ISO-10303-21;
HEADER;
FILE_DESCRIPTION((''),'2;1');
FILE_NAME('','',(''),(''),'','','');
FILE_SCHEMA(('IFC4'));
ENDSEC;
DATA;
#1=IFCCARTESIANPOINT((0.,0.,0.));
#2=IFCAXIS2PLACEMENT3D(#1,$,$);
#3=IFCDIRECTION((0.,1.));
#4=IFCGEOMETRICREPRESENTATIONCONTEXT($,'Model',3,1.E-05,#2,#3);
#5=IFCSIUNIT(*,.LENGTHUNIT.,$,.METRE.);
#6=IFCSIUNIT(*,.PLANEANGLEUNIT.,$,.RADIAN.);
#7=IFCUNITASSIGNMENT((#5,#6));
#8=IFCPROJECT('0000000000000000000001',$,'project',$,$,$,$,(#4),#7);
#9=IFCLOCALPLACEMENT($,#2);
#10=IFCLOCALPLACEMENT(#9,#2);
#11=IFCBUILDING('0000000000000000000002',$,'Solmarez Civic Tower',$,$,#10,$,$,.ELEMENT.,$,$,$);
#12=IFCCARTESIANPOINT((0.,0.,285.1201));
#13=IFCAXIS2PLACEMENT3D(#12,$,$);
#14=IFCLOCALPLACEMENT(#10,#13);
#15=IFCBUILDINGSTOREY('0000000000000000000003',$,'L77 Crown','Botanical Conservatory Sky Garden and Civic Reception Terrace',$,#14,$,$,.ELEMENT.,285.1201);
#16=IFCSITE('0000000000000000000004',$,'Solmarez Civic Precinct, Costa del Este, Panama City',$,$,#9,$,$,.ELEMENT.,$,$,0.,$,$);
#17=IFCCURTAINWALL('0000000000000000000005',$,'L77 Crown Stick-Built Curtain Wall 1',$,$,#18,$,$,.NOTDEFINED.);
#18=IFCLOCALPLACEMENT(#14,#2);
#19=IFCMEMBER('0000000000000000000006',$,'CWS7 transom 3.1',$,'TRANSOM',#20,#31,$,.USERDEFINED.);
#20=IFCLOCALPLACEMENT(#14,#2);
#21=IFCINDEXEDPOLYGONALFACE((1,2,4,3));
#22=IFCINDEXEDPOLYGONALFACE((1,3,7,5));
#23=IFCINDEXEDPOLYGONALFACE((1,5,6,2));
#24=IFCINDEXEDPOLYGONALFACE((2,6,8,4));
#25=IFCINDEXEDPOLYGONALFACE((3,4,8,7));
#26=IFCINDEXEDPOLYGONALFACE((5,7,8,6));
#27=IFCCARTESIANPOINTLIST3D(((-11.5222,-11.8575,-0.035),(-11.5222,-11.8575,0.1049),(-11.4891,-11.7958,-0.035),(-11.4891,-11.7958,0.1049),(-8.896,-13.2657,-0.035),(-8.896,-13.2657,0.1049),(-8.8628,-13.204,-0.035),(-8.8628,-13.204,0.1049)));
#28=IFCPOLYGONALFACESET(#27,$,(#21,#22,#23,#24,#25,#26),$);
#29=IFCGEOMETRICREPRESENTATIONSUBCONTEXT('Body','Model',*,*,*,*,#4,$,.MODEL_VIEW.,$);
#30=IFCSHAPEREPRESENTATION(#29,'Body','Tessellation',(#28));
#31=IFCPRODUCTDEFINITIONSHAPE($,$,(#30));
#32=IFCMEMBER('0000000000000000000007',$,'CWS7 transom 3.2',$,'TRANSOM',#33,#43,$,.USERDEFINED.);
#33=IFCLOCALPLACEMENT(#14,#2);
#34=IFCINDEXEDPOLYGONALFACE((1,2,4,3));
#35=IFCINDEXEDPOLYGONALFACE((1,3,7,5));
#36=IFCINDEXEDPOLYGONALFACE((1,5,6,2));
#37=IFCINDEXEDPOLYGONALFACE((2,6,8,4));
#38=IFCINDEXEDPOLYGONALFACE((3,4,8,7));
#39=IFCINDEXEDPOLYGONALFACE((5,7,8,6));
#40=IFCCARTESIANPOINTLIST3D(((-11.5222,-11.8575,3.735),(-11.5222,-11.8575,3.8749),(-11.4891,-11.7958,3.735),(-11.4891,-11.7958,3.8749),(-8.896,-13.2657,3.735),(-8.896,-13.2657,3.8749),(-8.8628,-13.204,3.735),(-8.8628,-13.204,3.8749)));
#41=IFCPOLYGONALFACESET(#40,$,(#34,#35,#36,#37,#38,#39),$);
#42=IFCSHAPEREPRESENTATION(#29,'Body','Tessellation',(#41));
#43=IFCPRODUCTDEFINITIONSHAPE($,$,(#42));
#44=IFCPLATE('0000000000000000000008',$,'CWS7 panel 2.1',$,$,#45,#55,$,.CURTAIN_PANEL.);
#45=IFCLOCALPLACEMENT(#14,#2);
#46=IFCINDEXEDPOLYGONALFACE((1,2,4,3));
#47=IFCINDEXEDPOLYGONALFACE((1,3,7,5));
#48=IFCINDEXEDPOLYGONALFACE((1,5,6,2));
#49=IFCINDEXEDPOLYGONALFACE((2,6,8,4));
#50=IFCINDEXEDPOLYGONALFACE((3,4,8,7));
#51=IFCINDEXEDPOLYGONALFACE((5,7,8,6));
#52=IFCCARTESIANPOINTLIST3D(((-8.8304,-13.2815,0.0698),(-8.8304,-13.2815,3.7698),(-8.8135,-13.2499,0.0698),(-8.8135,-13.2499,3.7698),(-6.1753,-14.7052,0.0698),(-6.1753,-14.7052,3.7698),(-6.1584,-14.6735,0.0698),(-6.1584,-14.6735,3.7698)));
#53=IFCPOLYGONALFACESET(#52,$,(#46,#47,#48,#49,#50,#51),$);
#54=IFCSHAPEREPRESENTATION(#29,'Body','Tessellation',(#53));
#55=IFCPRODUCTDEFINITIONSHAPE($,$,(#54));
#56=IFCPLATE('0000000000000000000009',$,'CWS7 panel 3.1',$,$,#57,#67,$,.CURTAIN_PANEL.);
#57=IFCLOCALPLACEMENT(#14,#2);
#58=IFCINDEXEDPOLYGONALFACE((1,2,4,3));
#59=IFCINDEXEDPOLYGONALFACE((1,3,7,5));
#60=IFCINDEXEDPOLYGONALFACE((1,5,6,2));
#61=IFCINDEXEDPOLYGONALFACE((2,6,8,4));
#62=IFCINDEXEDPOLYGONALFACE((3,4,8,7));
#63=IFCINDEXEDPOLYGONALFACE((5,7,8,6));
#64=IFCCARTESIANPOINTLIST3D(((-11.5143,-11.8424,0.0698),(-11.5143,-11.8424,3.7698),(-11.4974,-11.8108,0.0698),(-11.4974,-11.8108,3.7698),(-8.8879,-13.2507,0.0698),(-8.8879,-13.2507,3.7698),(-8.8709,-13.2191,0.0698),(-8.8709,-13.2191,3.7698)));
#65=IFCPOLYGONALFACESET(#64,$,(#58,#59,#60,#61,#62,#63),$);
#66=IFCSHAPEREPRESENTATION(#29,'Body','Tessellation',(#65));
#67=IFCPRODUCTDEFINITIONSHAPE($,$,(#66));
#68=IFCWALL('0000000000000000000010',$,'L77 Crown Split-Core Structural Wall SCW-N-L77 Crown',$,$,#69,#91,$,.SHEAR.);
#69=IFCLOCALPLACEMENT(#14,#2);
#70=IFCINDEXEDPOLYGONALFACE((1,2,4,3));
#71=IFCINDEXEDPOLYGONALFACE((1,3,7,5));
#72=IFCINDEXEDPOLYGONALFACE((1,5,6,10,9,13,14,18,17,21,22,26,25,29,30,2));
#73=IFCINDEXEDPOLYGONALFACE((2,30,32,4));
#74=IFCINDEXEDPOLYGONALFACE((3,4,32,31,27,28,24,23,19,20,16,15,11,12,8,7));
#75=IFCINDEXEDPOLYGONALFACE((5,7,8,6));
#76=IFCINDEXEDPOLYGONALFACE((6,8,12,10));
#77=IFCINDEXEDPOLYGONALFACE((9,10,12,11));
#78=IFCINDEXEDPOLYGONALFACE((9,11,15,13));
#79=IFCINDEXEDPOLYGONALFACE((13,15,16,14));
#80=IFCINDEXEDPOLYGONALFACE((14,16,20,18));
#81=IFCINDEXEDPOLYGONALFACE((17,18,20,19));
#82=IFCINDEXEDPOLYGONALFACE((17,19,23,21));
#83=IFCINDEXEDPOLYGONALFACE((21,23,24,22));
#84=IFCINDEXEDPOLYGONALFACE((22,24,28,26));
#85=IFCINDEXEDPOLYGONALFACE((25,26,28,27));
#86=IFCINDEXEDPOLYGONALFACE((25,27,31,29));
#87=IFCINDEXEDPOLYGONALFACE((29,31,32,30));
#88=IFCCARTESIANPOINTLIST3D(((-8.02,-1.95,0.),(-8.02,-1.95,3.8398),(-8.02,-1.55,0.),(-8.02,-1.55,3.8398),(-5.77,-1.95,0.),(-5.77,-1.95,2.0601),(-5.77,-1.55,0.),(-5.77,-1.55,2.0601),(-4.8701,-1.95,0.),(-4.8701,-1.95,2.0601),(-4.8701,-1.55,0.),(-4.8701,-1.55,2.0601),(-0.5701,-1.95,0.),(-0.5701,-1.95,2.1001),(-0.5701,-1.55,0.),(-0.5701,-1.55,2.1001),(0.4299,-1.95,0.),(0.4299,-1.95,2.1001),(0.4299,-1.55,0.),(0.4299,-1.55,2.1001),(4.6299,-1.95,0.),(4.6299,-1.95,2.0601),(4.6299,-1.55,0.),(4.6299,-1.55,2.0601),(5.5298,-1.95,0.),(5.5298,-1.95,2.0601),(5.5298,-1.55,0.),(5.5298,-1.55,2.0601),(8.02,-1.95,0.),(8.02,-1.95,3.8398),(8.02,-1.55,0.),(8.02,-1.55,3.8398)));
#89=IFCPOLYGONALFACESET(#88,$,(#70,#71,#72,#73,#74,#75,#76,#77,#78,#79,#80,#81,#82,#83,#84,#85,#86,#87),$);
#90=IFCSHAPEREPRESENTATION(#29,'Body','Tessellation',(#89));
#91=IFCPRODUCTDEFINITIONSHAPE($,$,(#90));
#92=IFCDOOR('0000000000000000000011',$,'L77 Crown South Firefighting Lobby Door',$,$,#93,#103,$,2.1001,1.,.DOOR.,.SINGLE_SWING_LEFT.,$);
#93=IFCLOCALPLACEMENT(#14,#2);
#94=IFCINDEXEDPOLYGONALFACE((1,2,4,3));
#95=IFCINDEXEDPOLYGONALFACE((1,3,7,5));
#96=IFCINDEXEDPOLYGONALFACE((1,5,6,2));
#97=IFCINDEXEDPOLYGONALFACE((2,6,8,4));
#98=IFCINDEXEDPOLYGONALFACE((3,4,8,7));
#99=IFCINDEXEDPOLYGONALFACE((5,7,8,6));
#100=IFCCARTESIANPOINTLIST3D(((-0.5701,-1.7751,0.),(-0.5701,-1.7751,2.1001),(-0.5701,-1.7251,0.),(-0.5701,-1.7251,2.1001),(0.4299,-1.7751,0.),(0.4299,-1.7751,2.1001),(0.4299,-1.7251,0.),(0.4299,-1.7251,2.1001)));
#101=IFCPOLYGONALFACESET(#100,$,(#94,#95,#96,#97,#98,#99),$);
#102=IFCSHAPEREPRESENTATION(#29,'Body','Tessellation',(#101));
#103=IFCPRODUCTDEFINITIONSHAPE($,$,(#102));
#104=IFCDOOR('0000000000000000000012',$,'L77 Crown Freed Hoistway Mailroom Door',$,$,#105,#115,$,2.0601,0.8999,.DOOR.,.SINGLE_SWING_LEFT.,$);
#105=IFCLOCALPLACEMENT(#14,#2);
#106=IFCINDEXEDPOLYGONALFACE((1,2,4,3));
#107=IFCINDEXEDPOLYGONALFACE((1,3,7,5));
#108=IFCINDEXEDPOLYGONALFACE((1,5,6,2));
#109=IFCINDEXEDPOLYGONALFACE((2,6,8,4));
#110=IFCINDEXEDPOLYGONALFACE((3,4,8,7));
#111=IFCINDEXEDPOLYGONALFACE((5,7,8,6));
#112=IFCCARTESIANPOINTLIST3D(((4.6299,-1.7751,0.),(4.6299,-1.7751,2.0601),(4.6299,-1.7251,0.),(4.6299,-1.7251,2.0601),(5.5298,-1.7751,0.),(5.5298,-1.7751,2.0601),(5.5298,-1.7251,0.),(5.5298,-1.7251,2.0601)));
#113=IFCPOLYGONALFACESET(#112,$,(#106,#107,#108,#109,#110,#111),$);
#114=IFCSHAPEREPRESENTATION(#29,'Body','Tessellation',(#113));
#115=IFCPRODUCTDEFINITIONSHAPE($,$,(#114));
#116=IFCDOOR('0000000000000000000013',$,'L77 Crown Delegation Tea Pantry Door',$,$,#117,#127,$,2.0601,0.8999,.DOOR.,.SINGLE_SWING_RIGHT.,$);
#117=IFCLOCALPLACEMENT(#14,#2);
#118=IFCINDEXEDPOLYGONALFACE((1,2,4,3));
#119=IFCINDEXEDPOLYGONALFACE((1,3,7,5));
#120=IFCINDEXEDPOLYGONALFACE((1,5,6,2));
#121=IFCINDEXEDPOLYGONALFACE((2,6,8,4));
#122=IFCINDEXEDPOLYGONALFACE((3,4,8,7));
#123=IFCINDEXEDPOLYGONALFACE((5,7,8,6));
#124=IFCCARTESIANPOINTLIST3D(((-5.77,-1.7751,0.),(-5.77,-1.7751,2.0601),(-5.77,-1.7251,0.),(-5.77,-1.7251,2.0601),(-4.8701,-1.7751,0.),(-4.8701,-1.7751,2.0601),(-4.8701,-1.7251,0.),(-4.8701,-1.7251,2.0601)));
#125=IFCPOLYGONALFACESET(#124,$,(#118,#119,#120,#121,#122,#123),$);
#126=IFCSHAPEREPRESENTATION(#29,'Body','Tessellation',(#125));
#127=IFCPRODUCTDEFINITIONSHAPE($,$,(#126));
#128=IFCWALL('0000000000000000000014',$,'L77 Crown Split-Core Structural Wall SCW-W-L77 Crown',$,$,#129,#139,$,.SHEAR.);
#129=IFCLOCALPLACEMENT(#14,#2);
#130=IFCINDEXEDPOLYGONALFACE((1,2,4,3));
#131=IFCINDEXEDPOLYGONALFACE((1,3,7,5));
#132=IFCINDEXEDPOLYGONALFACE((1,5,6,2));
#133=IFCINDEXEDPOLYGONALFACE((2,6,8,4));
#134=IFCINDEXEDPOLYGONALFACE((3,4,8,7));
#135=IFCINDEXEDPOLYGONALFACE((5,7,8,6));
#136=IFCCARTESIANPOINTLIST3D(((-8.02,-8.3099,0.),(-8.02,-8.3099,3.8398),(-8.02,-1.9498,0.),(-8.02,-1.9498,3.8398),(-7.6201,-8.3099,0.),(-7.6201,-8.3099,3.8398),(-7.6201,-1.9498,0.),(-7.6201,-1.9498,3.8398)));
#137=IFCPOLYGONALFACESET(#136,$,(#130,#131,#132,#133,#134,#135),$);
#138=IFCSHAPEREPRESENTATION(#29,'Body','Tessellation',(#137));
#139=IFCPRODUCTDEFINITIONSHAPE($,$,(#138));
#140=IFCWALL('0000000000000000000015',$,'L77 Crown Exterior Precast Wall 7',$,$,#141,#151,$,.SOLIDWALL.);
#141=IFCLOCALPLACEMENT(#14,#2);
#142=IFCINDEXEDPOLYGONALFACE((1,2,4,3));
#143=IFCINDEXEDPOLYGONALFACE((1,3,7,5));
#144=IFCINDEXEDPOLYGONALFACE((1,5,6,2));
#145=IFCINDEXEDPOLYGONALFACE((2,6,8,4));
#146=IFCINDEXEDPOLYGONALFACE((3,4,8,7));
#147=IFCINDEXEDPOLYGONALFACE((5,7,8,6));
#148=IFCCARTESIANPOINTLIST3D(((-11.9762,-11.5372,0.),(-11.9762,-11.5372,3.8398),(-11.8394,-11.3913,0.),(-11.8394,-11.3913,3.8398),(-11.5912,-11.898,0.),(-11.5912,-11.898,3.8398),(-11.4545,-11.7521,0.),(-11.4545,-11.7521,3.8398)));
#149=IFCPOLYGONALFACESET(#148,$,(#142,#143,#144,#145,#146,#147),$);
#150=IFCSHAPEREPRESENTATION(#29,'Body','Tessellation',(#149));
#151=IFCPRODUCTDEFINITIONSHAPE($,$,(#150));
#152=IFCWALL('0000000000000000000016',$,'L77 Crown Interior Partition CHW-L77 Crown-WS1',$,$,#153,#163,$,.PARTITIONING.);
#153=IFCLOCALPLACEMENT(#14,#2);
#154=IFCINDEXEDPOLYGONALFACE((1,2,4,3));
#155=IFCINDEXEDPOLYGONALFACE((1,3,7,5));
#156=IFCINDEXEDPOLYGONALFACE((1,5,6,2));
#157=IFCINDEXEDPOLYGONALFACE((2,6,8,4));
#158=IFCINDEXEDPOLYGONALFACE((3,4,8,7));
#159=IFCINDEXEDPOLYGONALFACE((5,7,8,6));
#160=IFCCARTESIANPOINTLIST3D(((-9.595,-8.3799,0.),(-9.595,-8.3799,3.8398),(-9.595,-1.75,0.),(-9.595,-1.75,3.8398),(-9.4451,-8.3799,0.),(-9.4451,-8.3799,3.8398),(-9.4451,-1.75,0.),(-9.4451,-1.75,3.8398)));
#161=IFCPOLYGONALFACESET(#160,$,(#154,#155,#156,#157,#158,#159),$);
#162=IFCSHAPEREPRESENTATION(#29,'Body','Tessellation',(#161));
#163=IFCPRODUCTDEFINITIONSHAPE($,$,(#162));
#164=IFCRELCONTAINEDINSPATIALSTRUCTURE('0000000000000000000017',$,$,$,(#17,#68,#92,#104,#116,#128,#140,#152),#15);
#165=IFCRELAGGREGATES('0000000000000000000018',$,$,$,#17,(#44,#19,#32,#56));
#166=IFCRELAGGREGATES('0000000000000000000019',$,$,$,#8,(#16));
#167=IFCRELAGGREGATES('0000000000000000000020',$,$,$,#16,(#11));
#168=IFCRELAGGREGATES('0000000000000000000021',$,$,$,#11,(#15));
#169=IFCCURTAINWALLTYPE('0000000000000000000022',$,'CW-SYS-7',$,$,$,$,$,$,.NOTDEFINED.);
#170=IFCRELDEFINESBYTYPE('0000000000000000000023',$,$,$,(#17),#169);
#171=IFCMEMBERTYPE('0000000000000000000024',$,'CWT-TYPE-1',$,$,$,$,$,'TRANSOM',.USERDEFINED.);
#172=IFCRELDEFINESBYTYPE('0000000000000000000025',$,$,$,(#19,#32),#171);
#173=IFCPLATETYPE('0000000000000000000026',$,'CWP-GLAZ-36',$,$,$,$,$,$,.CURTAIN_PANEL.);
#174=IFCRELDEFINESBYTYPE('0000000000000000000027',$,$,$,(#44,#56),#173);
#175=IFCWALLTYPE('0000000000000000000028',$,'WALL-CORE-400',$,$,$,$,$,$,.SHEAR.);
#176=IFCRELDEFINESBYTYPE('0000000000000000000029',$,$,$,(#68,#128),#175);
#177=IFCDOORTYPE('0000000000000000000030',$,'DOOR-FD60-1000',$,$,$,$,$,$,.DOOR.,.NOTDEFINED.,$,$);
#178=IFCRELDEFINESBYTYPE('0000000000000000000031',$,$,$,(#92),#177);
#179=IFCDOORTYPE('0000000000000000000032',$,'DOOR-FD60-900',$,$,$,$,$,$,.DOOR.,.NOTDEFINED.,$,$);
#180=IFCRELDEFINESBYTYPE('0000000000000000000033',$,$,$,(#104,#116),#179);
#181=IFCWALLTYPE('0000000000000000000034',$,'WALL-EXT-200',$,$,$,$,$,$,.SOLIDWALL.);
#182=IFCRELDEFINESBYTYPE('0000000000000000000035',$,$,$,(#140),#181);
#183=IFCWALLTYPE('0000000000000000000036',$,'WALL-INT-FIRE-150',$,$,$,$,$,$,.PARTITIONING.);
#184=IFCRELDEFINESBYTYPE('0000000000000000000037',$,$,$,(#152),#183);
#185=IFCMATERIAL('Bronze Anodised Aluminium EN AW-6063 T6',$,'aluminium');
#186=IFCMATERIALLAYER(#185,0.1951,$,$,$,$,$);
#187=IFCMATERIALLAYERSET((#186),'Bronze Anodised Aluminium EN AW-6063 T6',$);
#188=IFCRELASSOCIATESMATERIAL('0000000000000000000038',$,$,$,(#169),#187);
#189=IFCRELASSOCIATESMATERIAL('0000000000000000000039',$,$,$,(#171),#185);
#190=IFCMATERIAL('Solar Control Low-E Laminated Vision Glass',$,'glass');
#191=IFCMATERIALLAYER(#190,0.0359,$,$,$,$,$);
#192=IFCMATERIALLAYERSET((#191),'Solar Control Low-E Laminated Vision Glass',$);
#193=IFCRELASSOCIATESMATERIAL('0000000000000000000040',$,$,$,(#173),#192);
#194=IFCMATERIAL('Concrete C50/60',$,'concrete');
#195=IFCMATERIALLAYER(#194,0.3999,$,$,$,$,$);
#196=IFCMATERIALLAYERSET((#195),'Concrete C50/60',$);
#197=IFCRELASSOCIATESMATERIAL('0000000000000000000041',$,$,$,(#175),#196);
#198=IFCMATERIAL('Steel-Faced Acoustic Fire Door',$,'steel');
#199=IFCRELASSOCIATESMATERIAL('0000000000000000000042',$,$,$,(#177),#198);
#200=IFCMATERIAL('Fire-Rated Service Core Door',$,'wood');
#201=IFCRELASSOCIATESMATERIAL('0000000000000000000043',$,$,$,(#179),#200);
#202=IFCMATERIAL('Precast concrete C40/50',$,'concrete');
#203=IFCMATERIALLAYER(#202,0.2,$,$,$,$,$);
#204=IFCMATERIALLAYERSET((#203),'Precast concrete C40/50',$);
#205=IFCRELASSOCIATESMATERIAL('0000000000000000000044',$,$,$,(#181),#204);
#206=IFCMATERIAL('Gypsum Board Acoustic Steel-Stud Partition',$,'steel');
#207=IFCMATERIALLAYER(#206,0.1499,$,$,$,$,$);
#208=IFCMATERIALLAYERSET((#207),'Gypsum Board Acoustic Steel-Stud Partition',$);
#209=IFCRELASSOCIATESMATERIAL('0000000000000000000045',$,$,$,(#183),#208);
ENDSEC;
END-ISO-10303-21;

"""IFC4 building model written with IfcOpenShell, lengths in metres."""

from ifc_helpers import new_model, si_unit, direction, frame, frame_2d, origin, origin_2d, place, context, subcontext, project, spatial, rectangle, extrude, material, layer, layer_set, material_profile, profile_set, type_object, element, fill, aggregate, save


model = new_model("IFC4")

# Units and contexts
model_context = context("Model", 3, precision=1e-05, world=origin(), true_north=direction((0.0, 1.0)))
body_context = subcontext(model_context, "Body", "Model", "MODEL_VIEW")
ifc_project = project(units=[si_unit("LENGTHUNIT", "METRE"), si_unit("PLANEANGLEUNIT", "RADIAN")], contexts=[model_context])

# Site, building, storey
site_placement = place(None, origin())
site = spatial("IfcSite", under=ifc_project, at=site_placement, Name="Solmarez Civic Precinct, Costa del Este, Panama City", CompositionType="ELEMENT", RefElevation=0.0)
building_placement = place(site_placement, origin())
building = spatial("IfcBuilding", under=site, at=building_placement, Name="Solmarez Civic Tower", CompositionType="ELEMENT")
storey_placement = place(building_placement, frame((0.0, 0.0, 285.1201)))
storey = spatial("IfcBuildingStorey", under=building, at=storey_placement, Name="L77 Crown", Description="Botanical Conservatory Sky Garden and Civic Reception Terrace", CompositionType="ELEMENT", Elevation=285.1201)

# Curtain wall, members, plates
ifc_material_1 = material(Name="Bronze Anodised Aluminium EN AW-6063 T6", Category="aluminium")
ifc_layer_1 = layer(ifc_material_1, 0.1951)
ifc_layer_set_1 = layer_set([ifc_layer_1], Name="Bronze Anodised Aluminium EN AW-6063 T6")
curtain_wall_type = type_object("IfcCurtainWallType", Name="CW-SYS-7", PredefinedType="NOTDEFINED", material=ifc_layer_set_1)
curtain_wall_placement = place(storey_placement, origin())
curtain_wall = element("IfcCurtainWall", 1, at=curtain_wall_placement, inside=storey, type_object=curtain_wall_type, Name="L77 Crown Stick-Built Curtain Wall 1", PredefinedType="NOTDEFINED")
ifc_material_profile_1 = material_profile(ifc_material_1, rectangle(XDim=0.0701, YDim=0.1399, at=origin_2d()), Name="CWT-70X140")
ifc_profile_set_1 = profile_set([ifc_material_profile_1], Name="Bronze Anodised Aluminium EN AW-6063 T6")
member_type_1 = type_object("IfcMemberType", Name="CWT-TYPE-1", ElementType="TRANSOM", PredefinedType="USERDEFINED", material=ifc_profile_set_1)
member_1_placement = place(storey_placement, frame((-8.8794, -13.2349, 0.0349), z_axis=(-0.881298, 0.47256, 0.0), x_axis=(-0.47256, -0.881298, 0.0)))
member_1 = element("IfcMember", 2, at=member_1_placement, type_object=member_type_1, Name="CWS7 transom 3.1", ObjectType="TRANSOM", PredefinedType="USERDEFINED", context=body_context, shape_type="SweptSolid", body=[
    extrude(rectangle(XDim=0.0701, YDim=0.1399, at=origin_2d()), origin(), (0.0, 0.0, 1.0), 2.98),
])
member_2_placement = place(storey_placement, frame((-8.8794, -13.2349, 3.8049), z_axis=(-0.881298, 0.47256, 0.0), x_axis=(-0.47256, -0.881298, 0.0)))
member_2 = element("IfcMember", 3, at=member_2_placement, type_object=member_type_1, Name="CWS7 transom 3.2", ObjectType="TRANSOM", PredefinedType="USERDEFINED", context=body_context, shape_type="SweptSolid", body=[
    extrude(rectangle(XDim=0.0701, YDim=0.1399, at=origin_2d()), origin(), (0.0, 0.0, 1.0), 2.98),
])
ifc_material_2 = material(Name="Solar Control Low-E Laminated Vision Glass", Category="glass")
ifc_layer_2 = layer(ifc_material_2, 0.0359)
ifc_layer_set_2 = layer_set([ifc_layer_2], Name="Solar Control Low-E Laminated Vision Glass")
plate_type = type_object("IfcPlateType", Name="CWP-GLAZ-36", PredefinedType="CURTAIN_PANEL", material=ifc_layer_set_2)
plate_1_placement = place(storey_placement, frame((-7.4944, -13.9775, 0.0698), z_axis=(0.0, 0.0, 1.0), x_axis=(-0.881304, 0.472549, 0.0)))
plate_1 = element("IfcPlate", 4, at=plate_1_placement, type_object=plate_type, Name="CWS7 panel 2.1", PredefinedType="CURTAIN_PANEL", context=body_context, shape_type="SweptSolid", body=[
    extrude(rectangle(XDim=3.0127, YDim=0.0359, at=origin_2d()), origin(), (0.0, 0.0, 1.0), 3.7),
])
plate_2_placement = place(storey_placement, frame((-10.1926, -12.5308, 0.0698), z_axis=(0.0, 0.0, 1.0), x_axis=(-0.881304, 0.472549, 0.0)))
plate_2 = element("IfcPlate", 5, at=plate_2_placement, type_object=plate_type, Name="CWS7 panel 3.1", PredefinedType="CURTAIN_PANEL", context=body_context, shape_type="SweptSolid", body=[
    extrude(rectangle(XDim=2.9802, YDim=0.0359, at=origin_2d()), origin(), (0.0, 0.0, 1.0), 3.7),
])
aggregate(curtain_wall, [plate_1, member_1, member_2, plate_2])

# Wall, openings, doors
ifc_material_3 = material(Name="Concrete C50/60", Category="concrete")
ifc_layer_3 = layer(ifc_material_3, 0.3999)
ifc_layer_set_3 = layer_set([ifc_layer_3], Name="Concrete C50/60")
wall_type_1 = type_object("IfcWallType", Name="WALL-CORE-400", PredefinedType="SHEAR", material=ifc_layer_set_3)
wall_1_placement = place(storey_placement, frame((-8.02, -1.75, 0.0), z_axis=(0.0, 0.0, 1.0), x_axis=(1.0, 0.0, 0.0)))
wall_1 = element("IfcWall", 6, at=wall_1_placement, inside=storey, type_object=wall_type_1, Name="L77 Crown Split-Core Structural Wall SCW-N-L77 Crown", PredefinedType="SHEAR", context=body_context, shape_type="SweptSolid", body=[
    extrude(rectangle(XDim=16.04, YDim=0.3999, at=frame_2d((8.02, 0.0))), origin(), (0.0, 0.0, 1.0), 3.8398),
])
opening_1_placement = place(wall_1_placement, frame((7.45, 0.0, 0.0)))
opening_1 = element("IfcOpeningElement", 7, at=opening_1_placement, cuts=wall_1, PredefinedType="OPENING", context=body_context, shape_type="SweptSolid", body=[
    extrude(rectangle(XDim=1.0, YDim=2.1001, at=frame_2d((0.5, 1.05))), frame((0.0, 0.21, 0.0), z_axis=(0.0, -1.0, 0.0), x_axis=(1.0, 0.0, 0.0)), (0.0, 0.0, 1.0), 0.4199),
])
opening_2_placement = place(wall_1_placement, frame((12.6499, 0.0, 0.0)))
opening_2 = element("IfcOpeningElement", 8, at=opening_2_placement, cuts=wall_1, PredefinedType="OPENING", context=body_context, shape_type="SweptSolid", body=[
    extrude(rectangle(XDim=0.8999, YDim=2.0601, at=frame_2d((0.45, 1.03))), frame((0.0, 0.21, 0.0), z_axis=(0.0, -1.0, 0.0), x_axis=(1.0, 0.0, 0.0)), (0.0, 0.0, 1.0), 0.4199),
])
opening_3_placement = place(wall_1_placement, frame((2.25, 0.0, 0.0)))
opening_3 = element("IfcOpeningElement", 9, at=opening_3_placement, cuts=wall_1, PredefinedType="OPENING", context=body_context, shape_type="SweptSolid", body=[
    extrude(rectangle(XDim=0.8999, YDim=2.0601, at=frame_2d((0.45, 1.03))), frame((0.0, 0.21, 0.0), z_axis=(0.0, -1.0, 0.0), x_axis=(1.0, 0.0, 0.0)), (0.0, 0.0, 1.0), 0.4199),
])
ifc_material_4 = material(Name="Steel-Faced Acoustic Fire Door", Category="steel")
door_type_1 = type_object("IfcDoorType", Name="DOOR-FD60-1000", OperationType="NOTDEFINED", PredefinedType="DOOR", material=ifc_material_4)
door_1_placement = place(opening_1_placement, origin())
door_1 = element("IfcDoor", 10, at=door_1_placement, inside=storey, type_object=door_type_1, Name="L77 Crown South Firefighting Lobby Door", OperationType="SINGLE_SWING_LEFT", OverallHeight=2.1001, OverallWidth=1.0, PredefinedType="DOOR", context=body_context, shape_type="SweptSolid", body=[
    extrude(rectangle(XDim=1.0, YDim=2.1001, at=frame_2d((0.5, 1.05))), frame((0.0, 0.0249, 0.0), z_axis=(0.0, -1.0, 0.0), x_axis=(1.0, 0.0, 0.0)), (0.0, 0.0, 1.0), 0.05),
])
fill(opening_1, door_1)
ifc_material_5 = material(Name="Fire-Rated Service Core Door", Category="wood")
door_type_2 = type_object("IfcDoorType", Name="DOOR-FD60-900", OperationType="NOTDEFINED", PredefinedType="DOOR", material=ifc_material_5)
door_2_placement = place(opening_2_placement, origin())
door_2 = element("IfcDoor", 11, at=door_2_placement, inside=storey, type_object=door_type_2, Name="L77 Crown Freed Hoistway Mailroom Door", OperationType="SINGLE_SWING_LEFT", OverallHeight=2.0601, OverallWidth=0.8999, PredefinedType="DOOR", context=body_context, shape_type="SweptSolid", body=[
    extrude(rectangle(XDim=0.8999, YDim=2.0601, at=frame_2d((0.45, 1.03))), frame((0.0, 0.0249, 0.0), z_axis=(0.0, -1.0, 0.0), x_axis=(1.0, 0.0, 0.0)), (0.0, 0.0, 1.0), 0.05),
])
fill(opening_2, door_2)
door_3_placement = place(opening_3_placement, origin())
door_3 = element("IfcDoor", 12, at=door_3_placement, inside=storey, type_object=door_type_2, Name="L77 Crown Delegation Tea Pantry Door", OperationType="SINGLE_SWING_RIGHT", OverallHeight=2.0601, OverallWidth=0.8999, PredefinedType="DOOR", context=body_context, shape_type="SweptSolid", body=[
    extrude(rectangle(XDim=0.8999, YDim=2.0601, at=frame_2d((0.45, 1.03))), frame((0.0, 0.0249, 0.0), z_axis=(0.0, -1.0, 0.0), x_axis=(1.0, 0.0, 0.0)), (0.0, 0.0, 1.0), 0.05),
])
fill(opening_3, door_3)

# Walls
wall_2_placement = place(storey_placement, frame((-7.8201, -8.3101, 0.0), z_axis=(0.0, 0.0, 1.0), x_axis=(0.0, 1.0, 0.0)))
element("IfcWall", 13, at=wall_2_placement, inside=storey, type_object=wall_type_1, Name="L77 Crown Split-Core Structural Wall SCW-W-L77 Crown", PredefinedType="SHEAR", context=body_context, shape_type="SweptSolid", body=[
    extrude(rectangle(XDim=6.3601, YDim=0.3999, at=frame_2d((3.1802, 0.0))), origin(), (0.0, 0.0, 1.0), 3.8398),
])
ifc_material_6 = material(Name="Precast concrete C40/50", Category="concrete")
ifc_layer_4 = layer(ifc_material_6, 0.2)
ifc_layer_set_4 = layer_set([ifc_layer_4], Name="Precast concrete C40/50")
wall_type_2 = type_object("IfcWallType", Name="WALL-EXT-200", PredefinedType="SOLIDWALL", material=ifc_layer_set_4)
wall_3_placement = place(storey_placement, frame((-11.5229, -11.825, 0.0), z_axis=(0.0, 0.0, 1.0), x_axis=(-0.729638, 0.683833, 0.0)))
element("IfcWall", 14, at=wall_3_placement, inside=storey, type_object=wall_type_2, Name="L77 Crown Exterior Precast Wall 7", PredefinedType="SOLIDWALL", context=body_context, shape_type="SweptSolid", body=[
    extrude(rectangle(XDim=0.5276, YDim=0.2, at=frame_2d((0.2637, 0.0))), origin(), (0.0, 0.0, 1.0), 3.8398),
])
ifc_material_7 = material(Name="Gypsum Board Acoustic Steel-Stud Partition", Category="steel")
ifc_layer_5 = layer(ifc_material_7, 0.1499)
ifc_layer_set_5 = layer_set([ifc_layer_5], Name="Gypsum Board Acoustic Steel-Stud Partition")
wall_type_3 = type_object("IfcWallType", Name="WALL-INT-FIRE-150", PredefinedType="PARTITIONING", material=ifc_layer_set_5)
wall_4_placement = place(storey_placement, frame((-9.52, -8.3799, 0.0), z_axis=(0.0, 0.0, 1.0), x_axis=(0.0, 1.0, 0.0)))
element("IfcWall", 15, at=wall_4_placement, inside=storey, type_object=wall_type_3, Name="L77 Crown Interior Partition CHW-L77 Crown-WS1", PredefinedType="PARTITIONING", context=body_context, shape_type="SweptSolid", body=[
    extrude(rectangle(XDim=6.6299, YDim=0.1499, at=frame_2d((3.3149, 0.0))), origin(), (0.0, 0.0, 1.0), 3.8398),
])

save(model, "model.ifc")
